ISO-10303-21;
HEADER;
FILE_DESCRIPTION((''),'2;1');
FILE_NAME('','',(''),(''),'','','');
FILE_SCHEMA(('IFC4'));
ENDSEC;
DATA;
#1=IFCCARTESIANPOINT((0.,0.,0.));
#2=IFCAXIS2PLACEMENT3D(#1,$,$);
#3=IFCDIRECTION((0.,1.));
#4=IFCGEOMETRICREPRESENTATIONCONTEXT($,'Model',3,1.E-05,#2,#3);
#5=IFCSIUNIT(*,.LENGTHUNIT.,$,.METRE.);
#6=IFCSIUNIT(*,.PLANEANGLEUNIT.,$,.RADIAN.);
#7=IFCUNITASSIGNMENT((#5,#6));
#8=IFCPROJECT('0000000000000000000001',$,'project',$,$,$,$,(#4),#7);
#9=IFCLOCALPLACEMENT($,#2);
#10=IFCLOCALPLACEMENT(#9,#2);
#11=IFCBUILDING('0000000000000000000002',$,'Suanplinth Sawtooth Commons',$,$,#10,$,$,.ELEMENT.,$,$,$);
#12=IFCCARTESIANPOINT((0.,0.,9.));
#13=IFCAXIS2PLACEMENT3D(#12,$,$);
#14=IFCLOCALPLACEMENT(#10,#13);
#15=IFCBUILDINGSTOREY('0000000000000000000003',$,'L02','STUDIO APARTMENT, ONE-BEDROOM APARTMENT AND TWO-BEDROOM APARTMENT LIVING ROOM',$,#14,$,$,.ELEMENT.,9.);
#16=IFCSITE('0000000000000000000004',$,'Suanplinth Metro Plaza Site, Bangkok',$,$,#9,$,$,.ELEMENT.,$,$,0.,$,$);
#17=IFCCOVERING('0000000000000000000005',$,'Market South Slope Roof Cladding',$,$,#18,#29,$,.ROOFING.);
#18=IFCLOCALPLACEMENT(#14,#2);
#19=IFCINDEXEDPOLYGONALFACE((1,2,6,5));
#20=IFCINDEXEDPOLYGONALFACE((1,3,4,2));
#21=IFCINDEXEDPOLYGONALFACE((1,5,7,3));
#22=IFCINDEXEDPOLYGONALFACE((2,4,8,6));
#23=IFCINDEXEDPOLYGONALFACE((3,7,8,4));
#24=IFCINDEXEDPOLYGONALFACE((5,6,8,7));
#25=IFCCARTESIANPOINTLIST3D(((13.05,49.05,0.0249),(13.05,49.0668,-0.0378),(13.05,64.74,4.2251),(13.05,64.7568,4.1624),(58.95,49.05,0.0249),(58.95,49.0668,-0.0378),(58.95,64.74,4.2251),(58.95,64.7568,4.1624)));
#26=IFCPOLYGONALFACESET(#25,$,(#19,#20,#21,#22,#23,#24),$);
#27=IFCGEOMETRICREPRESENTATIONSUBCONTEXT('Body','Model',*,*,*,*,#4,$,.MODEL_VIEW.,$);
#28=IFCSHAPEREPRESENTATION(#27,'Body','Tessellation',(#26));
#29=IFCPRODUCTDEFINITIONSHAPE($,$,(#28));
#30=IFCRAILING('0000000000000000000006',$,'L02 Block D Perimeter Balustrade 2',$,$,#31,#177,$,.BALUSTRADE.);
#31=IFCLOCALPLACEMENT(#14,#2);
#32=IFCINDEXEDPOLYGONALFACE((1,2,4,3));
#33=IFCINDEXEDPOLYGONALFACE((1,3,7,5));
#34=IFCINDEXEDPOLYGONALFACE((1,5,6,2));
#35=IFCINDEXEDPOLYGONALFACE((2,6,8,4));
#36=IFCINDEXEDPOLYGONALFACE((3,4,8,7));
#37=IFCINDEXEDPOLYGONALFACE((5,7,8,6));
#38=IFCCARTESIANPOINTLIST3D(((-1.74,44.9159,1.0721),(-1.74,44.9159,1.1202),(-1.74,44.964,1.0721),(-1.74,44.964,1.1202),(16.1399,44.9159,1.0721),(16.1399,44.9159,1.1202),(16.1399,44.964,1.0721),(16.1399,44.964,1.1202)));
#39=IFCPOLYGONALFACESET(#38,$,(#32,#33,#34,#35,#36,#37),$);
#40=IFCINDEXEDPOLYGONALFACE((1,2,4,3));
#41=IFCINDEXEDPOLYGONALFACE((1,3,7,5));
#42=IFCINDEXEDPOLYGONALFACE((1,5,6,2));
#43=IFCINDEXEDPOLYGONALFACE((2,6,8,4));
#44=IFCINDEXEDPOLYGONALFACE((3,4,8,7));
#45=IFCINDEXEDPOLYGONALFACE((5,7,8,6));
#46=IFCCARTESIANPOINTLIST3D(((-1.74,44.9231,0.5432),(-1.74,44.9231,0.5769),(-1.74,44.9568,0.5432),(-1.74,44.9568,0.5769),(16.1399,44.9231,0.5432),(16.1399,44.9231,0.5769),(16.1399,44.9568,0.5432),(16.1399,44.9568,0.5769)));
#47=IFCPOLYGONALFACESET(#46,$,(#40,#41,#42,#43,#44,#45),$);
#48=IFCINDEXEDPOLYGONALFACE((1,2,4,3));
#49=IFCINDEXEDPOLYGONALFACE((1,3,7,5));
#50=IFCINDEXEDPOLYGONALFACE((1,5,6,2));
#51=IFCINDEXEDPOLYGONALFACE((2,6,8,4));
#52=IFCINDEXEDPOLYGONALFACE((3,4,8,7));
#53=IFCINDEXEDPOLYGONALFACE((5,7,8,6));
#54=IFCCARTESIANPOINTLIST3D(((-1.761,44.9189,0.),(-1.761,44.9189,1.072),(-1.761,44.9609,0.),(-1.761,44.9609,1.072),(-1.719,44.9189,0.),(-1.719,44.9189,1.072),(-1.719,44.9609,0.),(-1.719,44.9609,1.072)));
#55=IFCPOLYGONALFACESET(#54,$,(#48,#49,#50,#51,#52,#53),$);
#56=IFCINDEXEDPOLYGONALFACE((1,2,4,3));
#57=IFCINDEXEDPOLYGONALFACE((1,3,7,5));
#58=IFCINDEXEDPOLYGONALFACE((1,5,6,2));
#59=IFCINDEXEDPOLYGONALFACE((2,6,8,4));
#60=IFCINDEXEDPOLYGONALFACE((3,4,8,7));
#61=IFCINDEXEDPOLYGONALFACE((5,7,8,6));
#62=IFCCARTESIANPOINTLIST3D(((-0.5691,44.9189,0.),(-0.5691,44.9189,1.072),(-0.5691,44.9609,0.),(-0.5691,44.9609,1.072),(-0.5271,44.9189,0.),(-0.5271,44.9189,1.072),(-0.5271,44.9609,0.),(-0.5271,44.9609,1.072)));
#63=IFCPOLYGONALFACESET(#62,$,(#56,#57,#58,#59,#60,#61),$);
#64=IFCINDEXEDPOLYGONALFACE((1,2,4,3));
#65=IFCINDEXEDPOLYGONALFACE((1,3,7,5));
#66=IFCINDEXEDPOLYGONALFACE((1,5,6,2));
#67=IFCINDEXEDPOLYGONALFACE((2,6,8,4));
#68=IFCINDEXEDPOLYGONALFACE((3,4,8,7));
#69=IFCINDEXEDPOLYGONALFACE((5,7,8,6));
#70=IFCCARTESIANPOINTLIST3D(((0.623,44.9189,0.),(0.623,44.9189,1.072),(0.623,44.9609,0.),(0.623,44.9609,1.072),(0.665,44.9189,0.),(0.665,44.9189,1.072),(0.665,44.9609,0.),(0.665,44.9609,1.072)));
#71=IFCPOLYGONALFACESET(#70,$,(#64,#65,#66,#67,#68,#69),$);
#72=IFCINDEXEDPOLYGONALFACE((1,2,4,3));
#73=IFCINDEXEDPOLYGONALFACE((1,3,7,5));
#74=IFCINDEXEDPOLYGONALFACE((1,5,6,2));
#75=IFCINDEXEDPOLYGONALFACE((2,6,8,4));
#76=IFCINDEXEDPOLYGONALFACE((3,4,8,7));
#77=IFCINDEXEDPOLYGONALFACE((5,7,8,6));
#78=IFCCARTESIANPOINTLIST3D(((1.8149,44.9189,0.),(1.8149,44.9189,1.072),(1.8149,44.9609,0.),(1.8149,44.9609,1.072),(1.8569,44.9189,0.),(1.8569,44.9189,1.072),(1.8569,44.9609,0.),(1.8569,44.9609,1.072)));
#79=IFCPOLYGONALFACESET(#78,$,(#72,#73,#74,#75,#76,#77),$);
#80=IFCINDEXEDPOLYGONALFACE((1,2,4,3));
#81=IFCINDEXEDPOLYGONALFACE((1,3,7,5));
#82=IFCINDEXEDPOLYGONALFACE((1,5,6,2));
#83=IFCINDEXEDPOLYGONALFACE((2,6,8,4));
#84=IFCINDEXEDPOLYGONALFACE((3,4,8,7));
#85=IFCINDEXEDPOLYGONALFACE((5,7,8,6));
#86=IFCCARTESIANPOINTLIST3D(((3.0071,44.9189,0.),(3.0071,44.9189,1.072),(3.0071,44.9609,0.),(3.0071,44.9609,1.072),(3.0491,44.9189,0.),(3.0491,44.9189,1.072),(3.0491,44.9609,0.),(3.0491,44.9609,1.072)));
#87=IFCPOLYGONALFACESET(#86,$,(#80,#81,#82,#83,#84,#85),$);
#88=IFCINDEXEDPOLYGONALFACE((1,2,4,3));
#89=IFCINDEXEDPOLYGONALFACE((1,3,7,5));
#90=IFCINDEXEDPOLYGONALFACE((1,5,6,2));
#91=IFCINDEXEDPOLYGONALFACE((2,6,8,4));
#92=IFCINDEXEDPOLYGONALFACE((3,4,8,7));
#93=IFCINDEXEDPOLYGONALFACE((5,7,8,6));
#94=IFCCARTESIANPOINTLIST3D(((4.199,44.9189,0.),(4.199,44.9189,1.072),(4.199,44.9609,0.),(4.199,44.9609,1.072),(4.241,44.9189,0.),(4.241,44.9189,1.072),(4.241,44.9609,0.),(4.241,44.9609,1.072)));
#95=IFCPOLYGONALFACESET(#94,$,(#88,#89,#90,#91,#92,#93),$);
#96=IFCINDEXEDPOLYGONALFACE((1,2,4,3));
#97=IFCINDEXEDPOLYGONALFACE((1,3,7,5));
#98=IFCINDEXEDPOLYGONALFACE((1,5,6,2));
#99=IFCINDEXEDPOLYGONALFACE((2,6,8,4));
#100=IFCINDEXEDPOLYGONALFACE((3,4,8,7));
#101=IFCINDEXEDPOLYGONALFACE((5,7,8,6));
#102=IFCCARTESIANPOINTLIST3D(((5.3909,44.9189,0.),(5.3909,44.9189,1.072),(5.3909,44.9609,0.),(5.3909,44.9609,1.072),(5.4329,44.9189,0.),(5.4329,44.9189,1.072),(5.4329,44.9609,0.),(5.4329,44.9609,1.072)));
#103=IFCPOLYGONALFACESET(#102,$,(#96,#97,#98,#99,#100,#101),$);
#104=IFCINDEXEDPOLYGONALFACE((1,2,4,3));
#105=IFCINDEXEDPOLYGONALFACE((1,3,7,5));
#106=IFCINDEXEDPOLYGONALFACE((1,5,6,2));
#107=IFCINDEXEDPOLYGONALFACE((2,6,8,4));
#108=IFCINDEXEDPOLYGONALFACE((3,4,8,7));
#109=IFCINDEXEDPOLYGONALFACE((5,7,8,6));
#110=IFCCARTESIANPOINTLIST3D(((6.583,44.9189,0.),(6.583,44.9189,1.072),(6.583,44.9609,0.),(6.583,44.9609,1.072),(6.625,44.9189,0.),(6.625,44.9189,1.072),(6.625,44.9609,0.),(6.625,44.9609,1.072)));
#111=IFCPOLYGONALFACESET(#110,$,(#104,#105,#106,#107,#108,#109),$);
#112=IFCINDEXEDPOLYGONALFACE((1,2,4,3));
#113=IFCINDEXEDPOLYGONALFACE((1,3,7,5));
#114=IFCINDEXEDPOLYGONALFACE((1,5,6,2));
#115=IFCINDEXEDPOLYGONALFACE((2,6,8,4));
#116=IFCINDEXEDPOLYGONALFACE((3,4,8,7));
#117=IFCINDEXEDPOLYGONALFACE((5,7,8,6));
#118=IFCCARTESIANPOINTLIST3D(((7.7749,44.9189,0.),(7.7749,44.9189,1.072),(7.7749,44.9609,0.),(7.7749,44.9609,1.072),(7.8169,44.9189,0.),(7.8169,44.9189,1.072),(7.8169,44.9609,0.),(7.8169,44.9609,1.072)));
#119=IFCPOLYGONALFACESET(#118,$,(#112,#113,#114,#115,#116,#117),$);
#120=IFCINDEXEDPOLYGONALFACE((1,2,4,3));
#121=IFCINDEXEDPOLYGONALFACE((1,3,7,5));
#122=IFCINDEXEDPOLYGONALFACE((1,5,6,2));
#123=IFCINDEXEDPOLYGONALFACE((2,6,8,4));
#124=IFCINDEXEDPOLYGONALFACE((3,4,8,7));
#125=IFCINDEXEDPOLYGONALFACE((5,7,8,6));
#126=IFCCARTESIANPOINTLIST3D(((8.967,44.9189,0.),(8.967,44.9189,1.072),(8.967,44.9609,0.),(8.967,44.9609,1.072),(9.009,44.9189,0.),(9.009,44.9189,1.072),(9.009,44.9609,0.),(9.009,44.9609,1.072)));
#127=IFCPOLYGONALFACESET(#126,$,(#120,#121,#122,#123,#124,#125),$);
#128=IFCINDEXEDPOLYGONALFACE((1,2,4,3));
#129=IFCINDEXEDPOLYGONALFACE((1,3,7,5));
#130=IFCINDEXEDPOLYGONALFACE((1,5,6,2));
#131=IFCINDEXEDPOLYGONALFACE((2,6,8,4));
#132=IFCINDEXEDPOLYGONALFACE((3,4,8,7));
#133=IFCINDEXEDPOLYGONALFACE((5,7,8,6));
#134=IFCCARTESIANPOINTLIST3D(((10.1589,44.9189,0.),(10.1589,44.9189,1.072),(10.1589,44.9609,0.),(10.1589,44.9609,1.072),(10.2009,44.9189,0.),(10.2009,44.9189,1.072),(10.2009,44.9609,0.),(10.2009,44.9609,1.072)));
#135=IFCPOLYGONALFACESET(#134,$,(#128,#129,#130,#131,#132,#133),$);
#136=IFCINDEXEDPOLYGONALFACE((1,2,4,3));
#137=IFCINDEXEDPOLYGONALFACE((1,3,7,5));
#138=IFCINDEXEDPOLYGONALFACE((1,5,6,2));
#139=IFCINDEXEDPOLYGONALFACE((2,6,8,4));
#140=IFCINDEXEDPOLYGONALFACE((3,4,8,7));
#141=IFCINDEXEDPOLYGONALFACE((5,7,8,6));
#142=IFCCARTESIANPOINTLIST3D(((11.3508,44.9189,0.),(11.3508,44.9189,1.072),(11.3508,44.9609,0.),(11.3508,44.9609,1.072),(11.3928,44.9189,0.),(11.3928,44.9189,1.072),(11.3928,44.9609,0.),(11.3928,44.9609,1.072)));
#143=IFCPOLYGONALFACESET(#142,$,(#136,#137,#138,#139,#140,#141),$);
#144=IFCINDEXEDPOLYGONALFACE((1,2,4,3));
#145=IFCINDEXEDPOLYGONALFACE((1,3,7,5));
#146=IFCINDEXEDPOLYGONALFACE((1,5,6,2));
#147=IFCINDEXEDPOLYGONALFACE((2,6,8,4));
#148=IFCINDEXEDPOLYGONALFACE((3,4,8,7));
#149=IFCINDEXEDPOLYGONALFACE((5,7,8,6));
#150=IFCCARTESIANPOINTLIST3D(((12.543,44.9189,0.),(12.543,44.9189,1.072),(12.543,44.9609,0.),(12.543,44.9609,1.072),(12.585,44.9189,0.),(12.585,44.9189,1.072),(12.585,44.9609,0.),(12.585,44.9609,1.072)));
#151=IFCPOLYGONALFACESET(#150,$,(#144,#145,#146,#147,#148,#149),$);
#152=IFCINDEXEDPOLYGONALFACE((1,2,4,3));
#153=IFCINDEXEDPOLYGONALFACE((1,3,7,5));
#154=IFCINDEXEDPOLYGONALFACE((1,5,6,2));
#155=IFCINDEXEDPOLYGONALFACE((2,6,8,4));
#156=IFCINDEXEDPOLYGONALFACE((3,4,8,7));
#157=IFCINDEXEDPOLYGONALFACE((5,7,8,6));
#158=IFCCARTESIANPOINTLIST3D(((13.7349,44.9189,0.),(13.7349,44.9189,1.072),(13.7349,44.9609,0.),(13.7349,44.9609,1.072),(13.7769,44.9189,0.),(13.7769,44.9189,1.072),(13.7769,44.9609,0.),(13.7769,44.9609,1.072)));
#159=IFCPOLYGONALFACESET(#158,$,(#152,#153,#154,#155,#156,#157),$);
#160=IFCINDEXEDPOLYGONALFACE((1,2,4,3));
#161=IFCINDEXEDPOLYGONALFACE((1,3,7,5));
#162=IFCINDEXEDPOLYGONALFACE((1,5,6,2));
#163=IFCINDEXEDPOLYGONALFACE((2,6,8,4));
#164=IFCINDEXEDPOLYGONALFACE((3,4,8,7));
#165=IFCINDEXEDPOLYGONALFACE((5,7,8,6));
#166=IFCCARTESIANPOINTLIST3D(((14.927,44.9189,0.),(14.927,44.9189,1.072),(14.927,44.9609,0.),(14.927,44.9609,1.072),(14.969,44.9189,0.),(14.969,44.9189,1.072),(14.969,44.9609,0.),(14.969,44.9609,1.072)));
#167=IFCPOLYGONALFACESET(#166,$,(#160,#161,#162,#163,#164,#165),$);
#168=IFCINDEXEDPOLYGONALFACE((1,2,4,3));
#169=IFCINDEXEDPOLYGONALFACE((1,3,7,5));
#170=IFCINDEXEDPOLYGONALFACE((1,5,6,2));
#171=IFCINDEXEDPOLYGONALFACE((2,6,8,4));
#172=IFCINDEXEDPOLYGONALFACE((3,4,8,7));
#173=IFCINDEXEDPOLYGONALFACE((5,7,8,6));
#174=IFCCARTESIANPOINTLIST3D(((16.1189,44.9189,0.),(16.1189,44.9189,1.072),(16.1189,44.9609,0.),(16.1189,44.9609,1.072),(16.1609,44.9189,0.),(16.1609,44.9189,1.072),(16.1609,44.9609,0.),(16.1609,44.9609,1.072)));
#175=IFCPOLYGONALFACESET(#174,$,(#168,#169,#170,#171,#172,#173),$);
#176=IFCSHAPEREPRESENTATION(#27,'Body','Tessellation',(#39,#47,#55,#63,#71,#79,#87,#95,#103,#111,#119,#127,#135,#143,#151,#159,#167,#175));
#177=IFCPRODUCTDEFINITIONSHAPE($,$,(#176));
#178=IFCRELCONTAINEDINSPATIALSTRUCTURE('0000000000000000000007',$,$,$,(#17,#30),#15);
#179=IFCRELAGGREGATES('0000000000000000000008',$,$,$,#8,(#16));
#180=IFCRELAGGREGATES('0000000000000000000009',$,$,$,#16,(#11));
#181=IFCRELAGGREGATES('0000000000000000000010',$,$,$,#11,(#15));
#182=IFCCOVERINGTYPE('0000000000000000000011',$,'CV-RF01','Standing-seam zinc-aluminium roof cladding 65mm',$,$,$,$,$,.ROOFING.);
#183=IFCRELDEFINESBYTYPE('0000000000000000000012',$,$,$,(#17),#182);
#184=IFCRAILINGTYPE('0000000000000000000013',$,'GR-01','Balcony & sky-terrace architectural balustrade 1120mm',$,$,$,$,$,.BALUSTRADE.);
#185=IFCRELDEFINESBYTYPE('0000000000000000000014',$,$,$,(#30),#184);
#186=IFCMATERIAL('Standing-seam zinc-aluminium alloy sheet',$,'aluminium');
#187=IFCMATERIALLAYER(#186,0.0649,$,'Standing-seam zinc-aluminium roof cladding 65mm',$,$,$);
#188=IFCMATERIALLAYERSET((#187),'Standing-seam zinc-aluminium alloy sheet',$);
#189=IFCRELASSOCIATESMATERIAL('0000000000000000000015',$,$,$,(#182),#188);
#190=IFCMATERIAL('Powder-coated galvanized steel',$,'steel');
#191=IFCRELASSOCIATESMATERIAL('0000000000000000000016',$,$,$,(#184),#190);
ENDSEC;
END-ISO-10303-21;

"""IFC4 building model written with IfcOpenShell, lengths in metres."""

from ifc_helpers import new_model, si_unit, direction, frame, origin, origin_2d, place, context, subcontext, project, spatial, polyline, rectangle, outline, extrude, material, layer, layer_set, type_object, element, save


model = new_model("IFC4")

# Units and contexts
model_context = context("Model", 3, precision=1e-05, world=origin(), true_north=direction((0.0, 1.0)))
body_context = subcontext(model_context, "Body", "Model", "MODEL_VIEW")
ifc_project = project(units=[si_unit("LENGTHUNIT", "METRE"), si_unit("PLANEANGLEUNIT", "RADIAN")], contexts=[model_context])

# Site, building, storey
site_placement = place(None, origin())
site = spatial("IfcSite", under=ifc_project, at=site_placement, Name="Suanplinth Metro Plaza Site, Bangkok", CompositionType="ELEMENT", RefElevation=0.0)
building_placement = place(site_placement, origin())
building = spatial("IfcBuilding", under=site, at=building_placement, Name="Suanplinth Sawtooth Commons", CompositionType="ELEMENT")
storey_placement = place(building_placement, frame((0.0, 0.0, 9.0)))
storey = spatial("IfcBuildingStorey", under=building, at=storey_placement, Name="L02", Description="STUDIO APARTMENT, ONE-BEDROOM APARTMENT AND TWO-BEDROOM APARTMENT LIVING ROOM", CompositionType="ELEMENT", Elevation=9.0)

# Covering
ifc_material_1 = material(Name="Standing-seam zinc-aluminium alloy sheet", Category="aluminium")
ifc_layer_1 = layer(ifc_material_1, 0.0649, Name="Standing-seam zinc-aluminium roof cladding 65mm")
ifc_layer_set_1 = layer_set([ifc_layer_1], Name="Standing-seam zinc-aluminium alloy sheet")
covering_type_1 = type_object("IfcCoveringType", Name="CV-RF01", Description="Standing-seam zinc-aluminium roof cladding 65mm", PredefinedType="ROOFING", material=ifc_layer_set_1)
covering_1_placement = place(storey_placement, frame((13.05, 49.05, 0.0249), z_axis=(0.0, -0.258594, 0.965986), x_axis=(1.0, 0.0, 0.0)))
element("IfcCovering", 1, at=covering_1_placement, inside=storey, type_object=covering_type_1, Name="Market South Slope Roof Cladding", PredefinedType="ROOFING", context=body_context, shape_type="SweptSolid", body=[
    extrude(outline(polyline([(0.0, 0.0), (45.8999, 0.0), (45.8999, 16.2424), (0.0, 16.2424), (0.0, 0.0)])), origin(), (0.0, 0.0, -1.0), 0.0649),
])

# Railing
ifc_material_2 = material(Name="Powder-coated galvanized steel", Category="steel")
railing_type = type_object("IfcRailingType", Name="GR-01", Description="Balcony & sky-terrace architectural balustrade 1120mm", PredefinedType="BALUSTRADE", material=ifc_material_2)
railing_1_placement = place(storey_placement, frame((-1.74, 44.9399, 0.0)))
element("IfcRailing", 2, at=railing_1_placement, inside=storey, type_object=railing_type, Name="L02 Block D Perimeter Balustrade 2", PredefinedType="BALUSTRADE", context=body_context, shape_type="SweptSolid", body=[
    extrude(rectangle(XDim=0.0481, YDim=0.0481, at=origin_2d()), frame((0.0, 0.0, 1.0962), z_axis=(1.0, 0.0, 0.0), x_axis=(0.0, 1.0, 0.0)), (0.0, 0.0, 1.0), 17.8799),
    extrude(rectangle(XDim=0.0337, YDim=0.0337, at=origin_2d()), frame((0.0, 0.0, 0.5601), z_axis=(1.0, 0.0, 0.0), x_axis=(0.0, 1.0, 0.0)), (0.0, 0.0, 1.0), 17.8799),
    extrude(rectangle(XDim=0.042, YDim=0.042, at=origin_2d()), origin(), (0.0, 0.0, 1.0), 1.072),
    extrude(rectangle(XDim=0.042, YDim=0.042, at=origin_2d()), frame((1.1919, 0.0, 0.0)), (0.0, 0.0, 1.0), 1.072),
    extrude(rectangle(XDim=0.042, YDim=0.042, at=origin_2d()), frame((2.384, 0.0, 0.0)), (0.0, 0.0, 1.0), 1.072),
    extrude(rectangle(XDim=0.042, YDim=0.042, at=origin_2d()), frame((3.5759, 0.0, 0.0)), (0.0, 0.0, 1.0), 1.072),
    extrude(rectangle(XDim=0.042, YDim=0.042, at=origin_2d()), frame((4.7681, 0.0, 0.0)), (0.0, 0.0, 1.0), 1.072),
    extrude(rectangle(XDim=0.042, YDim=0.042, at=origin_2d()), frame((5.96, 0.0, 0.0)), (0.0, 0.0, 1.0), 1.072),
    extrude(rectangle(XDim=0.042, YDim=0.042, at=origin_2d()), frame((7.1519, 0.0, 0.0)), (0.0, 0.0, 1.0), 1.072),
    extrude(rectangle(XDim=0.042, YDim=0.042, at=origin_2d()), frame((8.344, 0.0, 0.0)), (0.0, 0.0, 1.0), 1.072),
    extrude(rectangle(XDim=0.042, YDim=0.042, at=origin_2d()), frame((9.5359, 0.0, 0.0)), (0.0, 0.0, 1.0), 1.072),
    extrude(rectangle(XDim=0.042, YDim=0.042, at=origin_2d()), frame((10.728, 0.0, 0.0)), (0.0, 0.0, 1.0), 1.072),
    extrude(rectangle(XDim=0.042, YDim=0.042, at=origin_2d()), frame((11.9199, 0.0, 0.0)), (0.0, 0.0, 1.0), 1.072),
    extrude(rectangle(XDim=0.042, YDim=0.042, at=origin_2d()), frame((13.1118, 0.0, 0.0)), (0.0, 0.0, 1.0), 1.072),
    extrude(rectangle(XDim=0.042, YDim=0.042, at=origin_2d()), frame((14.304, 0.0, 0.0)), (0.0, 0.0, 1.0), 1.072),
    extrude(rectangle(XDim=0.042, YDim=0.042, at=origin_2d()), frame((15.4958, 0.0, 0.0)), (0.0, 0.0, 1.0), 1.072),
    extrude(rectangle(XDim=0.042, YDim=0.042, at=origin_2d()), frame((16.688, 0.0, 0.0)), (0.0, 0.0, 1.0), 1.072),
    extrude(rectangle(XDim=0.042, YDim=0.042, at=origin_2d()), frame((17.8799, 0.0, 0.0)), (0.0, 0.0, 1.0), 1.072),
])

save(model, "model.ifc")
